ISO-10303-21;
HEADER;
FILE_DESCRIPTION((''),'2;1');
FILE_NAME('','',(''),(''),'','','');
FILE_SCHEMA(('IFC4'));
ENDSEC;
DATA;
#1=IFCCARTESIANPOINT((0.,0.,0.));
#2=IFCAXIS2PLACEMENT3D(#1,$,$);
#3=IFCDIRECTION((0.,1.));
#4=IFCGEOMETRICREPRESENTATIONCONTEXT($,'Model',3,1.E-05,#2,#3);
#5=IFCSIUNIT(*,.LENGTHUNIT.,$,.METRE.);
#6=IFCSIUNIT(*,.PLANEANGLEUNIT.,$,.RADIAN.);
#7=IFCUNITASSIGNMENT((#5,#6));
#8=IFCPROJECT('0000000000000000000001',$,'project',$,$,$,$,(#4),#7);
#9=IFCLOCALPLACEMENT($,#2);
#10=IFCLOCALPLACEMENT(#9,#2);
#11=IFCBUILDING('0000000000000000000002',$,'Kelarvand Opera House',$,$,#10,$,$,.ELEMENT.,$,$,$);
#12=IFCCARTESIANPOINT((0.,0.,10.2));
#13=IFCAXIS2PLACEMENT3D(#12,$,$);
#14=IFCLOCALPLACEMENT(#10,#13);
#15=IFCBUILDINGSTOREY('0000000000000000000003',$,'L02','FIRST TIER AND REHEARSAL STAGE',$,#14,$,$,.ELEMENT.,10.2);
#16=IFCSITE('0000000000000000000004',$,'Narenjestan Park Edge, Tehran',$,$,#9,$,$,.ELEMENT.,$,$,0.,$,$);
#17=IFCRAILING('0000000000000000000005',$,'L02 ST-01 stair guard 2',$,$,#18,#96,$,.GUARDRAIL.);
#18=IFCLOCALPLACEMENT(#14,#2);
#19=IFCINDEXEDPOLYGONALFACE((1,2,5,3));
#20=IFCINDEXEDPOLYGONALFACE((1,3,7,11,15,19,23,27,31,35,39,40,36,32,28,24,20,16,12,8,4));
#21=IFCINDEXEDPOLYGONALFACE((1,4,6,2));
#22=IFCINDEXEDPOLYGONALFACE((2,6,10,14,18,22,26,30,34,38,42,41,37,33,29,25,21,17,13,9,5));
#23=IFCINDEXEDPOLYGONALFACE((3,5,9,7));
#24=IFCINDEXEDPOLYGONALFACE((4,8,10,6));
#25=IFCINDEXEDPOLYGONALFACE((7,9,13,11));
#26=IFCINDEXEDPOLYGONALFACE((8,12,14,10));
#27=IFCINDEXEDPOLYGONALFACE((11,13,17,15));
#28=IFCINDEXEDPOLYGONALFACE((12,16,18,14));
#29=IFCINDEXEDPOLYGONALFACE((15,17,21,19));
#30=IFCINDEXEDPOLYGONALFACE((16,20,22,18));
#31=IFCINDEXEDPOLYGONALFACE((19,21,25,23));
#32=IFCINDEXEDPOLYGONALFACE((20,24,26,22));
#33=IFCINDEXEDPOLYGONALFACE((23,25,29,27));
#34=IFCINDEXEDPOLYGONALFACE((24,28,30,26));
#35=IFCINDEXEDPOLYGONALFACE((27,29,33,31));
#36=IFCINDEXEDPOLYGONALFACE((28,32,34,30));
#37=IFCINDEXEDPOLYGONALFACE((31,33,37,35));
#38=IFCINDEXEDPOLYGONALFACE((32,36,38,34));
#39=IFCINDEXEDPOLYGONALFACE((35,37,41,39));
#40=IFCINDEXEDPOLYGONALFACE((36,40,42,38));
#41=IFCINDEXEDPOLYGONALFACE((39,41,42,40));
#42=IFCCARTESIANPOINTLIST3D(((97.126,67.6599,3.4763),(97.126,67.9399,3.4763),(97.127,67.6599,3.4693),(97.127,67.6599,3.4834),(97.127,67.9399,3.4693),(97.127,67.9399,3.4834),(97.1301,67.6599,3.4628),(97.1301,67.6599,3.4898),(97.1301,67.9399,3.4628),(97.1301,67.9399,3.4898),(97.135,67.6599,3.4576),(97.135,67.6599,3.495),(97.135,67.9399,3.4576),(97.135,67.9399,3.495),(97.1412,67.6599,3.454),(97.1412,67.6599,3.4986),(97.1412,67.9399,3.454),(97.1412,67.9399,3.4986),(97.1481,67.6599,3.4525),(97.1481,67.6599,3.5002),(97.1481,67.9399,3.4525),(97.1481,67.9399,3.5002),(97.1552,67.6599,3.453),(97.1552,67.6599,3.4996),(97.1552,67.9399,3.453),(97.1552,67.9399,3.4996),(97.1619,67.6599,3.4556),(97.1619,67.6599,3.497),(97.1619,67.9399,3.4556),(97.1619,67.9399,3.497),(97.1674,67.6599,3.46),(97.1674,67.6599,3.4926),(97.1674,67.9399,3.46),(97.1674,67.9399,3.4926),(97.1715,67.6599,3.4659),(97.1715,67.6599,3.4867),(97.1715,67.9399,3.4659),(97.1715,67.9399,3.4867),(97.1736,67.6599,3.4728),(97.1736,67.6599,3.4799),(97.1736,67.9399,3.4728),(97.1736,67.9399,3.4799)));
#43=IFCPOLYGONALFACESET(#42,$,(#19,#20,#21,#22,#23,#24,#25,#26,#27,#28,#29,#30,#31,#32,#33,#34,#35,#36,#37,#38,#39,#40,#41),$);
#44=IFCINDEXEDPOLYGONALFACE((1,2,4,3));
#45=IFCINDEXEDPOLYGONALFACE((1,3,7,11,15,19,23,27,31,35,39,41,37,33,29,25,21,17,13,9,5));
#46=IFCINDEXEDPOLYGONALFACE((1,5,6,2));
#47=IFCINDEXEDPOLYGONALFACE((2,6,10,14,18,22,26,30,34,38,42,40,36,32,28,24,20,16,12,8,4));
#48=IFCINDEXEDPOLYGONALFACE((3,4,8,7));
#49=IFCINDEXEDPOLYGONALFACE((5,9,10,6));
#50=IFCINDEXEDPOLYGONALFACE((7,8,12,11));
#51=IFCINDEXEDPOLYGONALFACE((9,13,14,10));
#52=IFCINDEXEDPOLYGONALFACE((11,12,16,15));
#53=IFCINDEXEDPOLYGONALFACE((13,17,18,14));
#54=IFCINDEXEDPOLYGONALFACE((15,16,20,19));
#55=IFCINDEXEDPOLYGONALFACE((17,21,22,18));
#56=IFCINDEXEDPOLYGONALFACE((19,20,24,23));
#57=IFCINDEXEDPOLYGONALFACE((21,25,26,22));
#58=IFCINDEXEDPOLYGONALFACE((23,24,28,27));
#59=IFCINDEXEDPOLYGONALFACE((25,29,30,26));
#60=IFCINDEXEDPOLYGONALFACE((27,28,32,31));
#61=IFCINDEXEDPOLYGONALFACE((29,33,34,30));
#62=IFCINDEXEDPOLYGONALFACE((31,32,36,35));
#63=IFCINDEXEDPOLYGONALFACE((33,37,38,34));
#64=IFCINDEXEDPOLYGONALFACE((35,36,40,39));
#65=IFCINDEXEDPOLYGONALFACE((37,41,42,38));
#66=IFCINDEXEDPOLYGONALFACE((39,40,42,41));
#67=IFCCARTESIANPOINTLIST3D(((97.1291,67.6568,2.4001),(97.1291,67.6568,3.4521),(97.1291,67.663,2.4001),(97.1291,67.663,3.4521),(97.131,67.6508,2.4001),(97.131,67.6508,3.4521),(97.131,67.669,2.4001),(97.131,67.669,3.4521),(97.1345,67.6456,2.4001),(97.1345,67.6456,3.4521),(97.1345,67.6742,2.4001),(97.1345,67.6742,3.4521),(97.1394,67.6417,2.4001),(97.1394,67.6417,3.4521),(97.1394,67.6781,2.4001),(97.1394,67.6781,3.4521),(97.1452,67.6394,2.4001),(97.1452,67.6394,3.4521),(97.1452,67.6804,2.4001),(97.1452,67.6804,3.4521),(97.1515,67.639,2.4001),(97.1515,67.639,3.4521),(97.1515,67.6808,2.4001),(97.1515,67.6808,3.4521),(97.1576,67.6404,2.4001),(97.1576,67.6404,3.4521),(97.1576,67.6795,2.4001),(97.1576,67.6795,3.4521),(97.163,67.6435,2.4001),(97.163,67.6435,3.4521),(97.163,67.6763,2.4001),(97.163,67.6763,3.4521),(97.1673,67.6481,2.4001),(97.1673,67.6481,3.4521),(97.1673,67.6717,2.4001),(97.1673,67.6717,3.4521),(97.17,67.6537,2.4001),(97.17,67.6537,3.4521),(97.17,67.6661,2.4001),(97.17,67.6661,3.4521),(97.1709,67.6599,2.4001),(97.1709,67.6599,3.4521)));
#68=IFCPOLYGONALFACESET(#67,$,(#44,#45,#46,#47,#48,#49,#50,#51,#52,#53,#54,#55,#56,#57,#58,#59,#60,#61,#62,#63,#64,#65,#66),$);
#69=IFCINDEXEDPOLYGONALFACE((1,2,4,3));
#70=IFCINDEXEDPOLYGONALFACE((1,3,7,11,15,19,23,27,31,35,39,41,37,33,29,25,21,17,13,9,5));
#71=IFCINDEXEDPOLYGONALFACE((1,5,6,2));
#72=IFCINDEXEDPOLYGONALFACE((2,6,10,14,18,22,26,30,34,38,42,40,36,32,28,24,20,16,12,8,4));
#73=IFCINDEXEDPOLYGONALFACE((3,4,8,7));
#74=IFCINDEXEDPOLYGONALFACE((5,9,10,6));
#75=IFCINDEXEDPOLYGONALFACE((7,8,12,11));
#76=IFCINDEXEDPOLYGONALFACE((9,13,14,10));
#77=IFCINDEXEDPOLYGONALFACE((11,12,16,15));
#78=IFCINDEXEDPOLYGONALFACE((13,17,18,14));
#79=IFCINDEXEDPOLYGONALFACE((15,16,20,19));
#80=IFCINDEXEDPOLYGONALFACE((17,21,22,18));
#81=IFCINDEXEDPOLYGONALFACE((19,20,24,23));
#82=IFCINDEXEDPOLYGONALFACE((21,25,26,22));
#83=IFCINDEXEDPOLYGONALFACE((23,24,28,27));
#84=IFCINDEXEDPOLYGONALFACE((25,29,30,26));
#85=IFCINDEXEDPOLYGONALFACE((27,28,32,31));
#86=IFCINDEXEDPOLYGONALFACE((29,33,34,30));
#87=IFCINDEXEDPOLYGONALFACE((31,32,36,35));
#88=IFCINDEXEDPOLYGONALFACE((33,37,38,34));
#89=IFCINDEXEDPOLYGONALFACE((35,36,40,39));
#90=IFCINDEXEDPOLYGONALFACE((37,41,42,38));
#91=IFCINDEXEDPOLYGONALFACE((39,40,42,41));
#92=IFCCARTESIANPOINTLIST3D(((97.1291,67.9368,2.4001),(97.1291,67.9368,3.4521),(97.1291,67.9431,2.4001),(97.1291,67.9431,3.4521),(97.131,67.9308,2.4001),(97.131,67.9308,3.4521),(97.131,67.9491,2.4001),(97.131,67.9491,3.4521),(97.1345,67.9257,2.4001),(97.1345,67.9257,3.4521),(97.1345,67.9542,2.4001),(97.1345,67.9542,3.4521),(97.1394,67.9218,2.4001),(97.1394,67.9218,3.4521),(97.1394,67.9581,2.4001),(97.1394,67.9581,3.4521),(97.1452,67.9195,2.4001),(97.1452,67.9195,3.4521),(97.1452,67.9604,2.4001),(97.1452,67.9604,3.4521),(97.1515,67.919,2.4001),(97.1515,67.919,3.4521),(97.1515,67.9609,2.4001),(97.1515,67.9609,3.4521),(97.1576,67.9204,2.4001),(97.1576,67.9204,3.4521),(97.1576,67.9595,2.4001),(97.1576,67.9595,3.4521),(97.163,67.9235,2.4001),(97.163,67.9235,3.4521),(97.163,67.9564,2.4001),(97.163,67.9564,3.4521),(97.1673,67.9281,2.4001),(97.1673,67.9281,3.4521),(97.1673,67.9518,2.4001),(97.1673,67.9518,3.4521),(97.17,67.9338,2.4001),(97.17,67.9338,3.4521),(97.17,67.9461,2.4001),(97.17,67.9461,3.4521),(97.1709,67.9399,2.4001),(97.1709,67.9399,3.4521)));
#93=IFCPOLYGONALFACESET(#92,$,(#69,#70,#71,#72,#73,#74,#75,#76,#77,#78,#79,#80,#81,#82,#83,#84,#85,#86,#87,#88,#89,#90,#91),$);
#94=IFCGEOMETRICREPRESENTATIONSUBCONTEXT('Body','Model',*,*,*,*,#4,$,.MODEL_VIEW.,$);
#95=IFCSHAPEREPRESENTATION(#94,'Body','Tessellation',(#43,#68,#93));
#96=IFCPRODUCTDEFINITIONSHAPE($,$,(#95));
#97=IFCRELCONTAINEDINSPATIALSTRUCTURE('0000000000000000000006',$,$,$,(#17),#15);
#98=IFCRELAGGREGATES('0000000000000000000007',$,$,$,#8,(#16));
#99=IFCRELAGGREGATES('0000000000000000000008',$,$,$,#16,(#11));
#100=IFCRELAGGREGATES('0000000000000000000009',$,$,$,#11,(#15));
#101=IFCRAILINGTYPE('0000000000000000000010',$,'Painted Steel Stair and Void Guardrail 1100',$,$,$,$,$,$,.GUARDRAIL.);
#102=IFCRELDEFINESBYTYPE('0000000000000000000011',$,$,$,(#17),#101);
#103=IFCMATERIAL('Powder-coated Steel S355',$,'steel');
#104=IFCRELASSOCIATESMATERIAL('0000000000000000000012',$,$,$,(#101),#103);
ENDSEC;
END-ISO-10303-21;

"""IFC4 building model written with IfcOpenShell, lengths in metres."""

from ifc_helpers import new_model, si_unit, direction, frame, origin, origin_2d, place, context, subcontext, project, spatial, circle, extrude, material, type_object, element, save


model = new_model("IFC4")

# Units and contexts
model_context = context("Model", 3, precision=1e-05, world=origin(), true_north=direction((0.0, 1.0)))
body_context = subcontext(model_context, "Body", "Model", "MODEL_VIEW")
ifc_project = project(units=[si_unit("LENGTHUNIT", "METRE"), si_unit("PLANEANGLEUNIT", "RADIAN")], contexts=[model_context])

# Site, building, storey
site_placement = place(None, origin())
site = spatial("IfcSite", under=ifc_project, at=site_placement, Name="Narenjestan Park Edge, Tehran", CompositionType="ELEMENT", RefElevation=0.0)
building_placement = place(site_placement, origin())
building = spatial("IfcBuilding", under=site, at=building_placement, Name="Kelarvand Opera House", CompositionType="ELEMENT")
storey_placement = place(building_placement, frame((0.0, 0.0, 10.2)))
storey = spatial("IfcBuildingStorey", under=building, at=storey_placement, Name="L02", Description="FIRST TIER AND REHEARSAL STAGE", CompositionType="ELEMENT", Elevation=10.2)

# Railing
ifc_material_1 = material(Name="Powder-coated Steel S355", Category="steel")
railing_type_1 = type_object("IfcRailingType", Name="Painted Steel Stair and Void Guardrail 1100", PredefinedType="GUARDRAIL", material=ifc_material_1)
railing_1_placement = place(storey_placement, frame((97.1499, 67.6599, 2.4001)))
element("IfcRailing", 1, at=railing_1_placement, inside=storey, type_object=railing_type_1, Name="L02 ST-01 stair guard 2", PredefinedType="GUARDRAIL", context=body_context, shape_type="SweptSolid", body=[
    extrude(circle(Radius=0.0239, at=origin_2d()), frame((0.0, 0.0, 1.0762), z_axis=(0.0, 1.0, 0.0), x_axis=(-1.0, 0.0, 0.0)), (0.0, 0.0, 1.0), 0.28),
    extrude(circle(Radius=0.021, at=origin_2d()), origin(), (0.0, 0.0, 1.0), 1.052),
    extrude(circle(Radius=0.021, at=origin_2d()), frame((0.0, 0.28, 0.0)), (0.0, 0.0, 1.0), 1.052),
])

save(model, "model.ifc")
